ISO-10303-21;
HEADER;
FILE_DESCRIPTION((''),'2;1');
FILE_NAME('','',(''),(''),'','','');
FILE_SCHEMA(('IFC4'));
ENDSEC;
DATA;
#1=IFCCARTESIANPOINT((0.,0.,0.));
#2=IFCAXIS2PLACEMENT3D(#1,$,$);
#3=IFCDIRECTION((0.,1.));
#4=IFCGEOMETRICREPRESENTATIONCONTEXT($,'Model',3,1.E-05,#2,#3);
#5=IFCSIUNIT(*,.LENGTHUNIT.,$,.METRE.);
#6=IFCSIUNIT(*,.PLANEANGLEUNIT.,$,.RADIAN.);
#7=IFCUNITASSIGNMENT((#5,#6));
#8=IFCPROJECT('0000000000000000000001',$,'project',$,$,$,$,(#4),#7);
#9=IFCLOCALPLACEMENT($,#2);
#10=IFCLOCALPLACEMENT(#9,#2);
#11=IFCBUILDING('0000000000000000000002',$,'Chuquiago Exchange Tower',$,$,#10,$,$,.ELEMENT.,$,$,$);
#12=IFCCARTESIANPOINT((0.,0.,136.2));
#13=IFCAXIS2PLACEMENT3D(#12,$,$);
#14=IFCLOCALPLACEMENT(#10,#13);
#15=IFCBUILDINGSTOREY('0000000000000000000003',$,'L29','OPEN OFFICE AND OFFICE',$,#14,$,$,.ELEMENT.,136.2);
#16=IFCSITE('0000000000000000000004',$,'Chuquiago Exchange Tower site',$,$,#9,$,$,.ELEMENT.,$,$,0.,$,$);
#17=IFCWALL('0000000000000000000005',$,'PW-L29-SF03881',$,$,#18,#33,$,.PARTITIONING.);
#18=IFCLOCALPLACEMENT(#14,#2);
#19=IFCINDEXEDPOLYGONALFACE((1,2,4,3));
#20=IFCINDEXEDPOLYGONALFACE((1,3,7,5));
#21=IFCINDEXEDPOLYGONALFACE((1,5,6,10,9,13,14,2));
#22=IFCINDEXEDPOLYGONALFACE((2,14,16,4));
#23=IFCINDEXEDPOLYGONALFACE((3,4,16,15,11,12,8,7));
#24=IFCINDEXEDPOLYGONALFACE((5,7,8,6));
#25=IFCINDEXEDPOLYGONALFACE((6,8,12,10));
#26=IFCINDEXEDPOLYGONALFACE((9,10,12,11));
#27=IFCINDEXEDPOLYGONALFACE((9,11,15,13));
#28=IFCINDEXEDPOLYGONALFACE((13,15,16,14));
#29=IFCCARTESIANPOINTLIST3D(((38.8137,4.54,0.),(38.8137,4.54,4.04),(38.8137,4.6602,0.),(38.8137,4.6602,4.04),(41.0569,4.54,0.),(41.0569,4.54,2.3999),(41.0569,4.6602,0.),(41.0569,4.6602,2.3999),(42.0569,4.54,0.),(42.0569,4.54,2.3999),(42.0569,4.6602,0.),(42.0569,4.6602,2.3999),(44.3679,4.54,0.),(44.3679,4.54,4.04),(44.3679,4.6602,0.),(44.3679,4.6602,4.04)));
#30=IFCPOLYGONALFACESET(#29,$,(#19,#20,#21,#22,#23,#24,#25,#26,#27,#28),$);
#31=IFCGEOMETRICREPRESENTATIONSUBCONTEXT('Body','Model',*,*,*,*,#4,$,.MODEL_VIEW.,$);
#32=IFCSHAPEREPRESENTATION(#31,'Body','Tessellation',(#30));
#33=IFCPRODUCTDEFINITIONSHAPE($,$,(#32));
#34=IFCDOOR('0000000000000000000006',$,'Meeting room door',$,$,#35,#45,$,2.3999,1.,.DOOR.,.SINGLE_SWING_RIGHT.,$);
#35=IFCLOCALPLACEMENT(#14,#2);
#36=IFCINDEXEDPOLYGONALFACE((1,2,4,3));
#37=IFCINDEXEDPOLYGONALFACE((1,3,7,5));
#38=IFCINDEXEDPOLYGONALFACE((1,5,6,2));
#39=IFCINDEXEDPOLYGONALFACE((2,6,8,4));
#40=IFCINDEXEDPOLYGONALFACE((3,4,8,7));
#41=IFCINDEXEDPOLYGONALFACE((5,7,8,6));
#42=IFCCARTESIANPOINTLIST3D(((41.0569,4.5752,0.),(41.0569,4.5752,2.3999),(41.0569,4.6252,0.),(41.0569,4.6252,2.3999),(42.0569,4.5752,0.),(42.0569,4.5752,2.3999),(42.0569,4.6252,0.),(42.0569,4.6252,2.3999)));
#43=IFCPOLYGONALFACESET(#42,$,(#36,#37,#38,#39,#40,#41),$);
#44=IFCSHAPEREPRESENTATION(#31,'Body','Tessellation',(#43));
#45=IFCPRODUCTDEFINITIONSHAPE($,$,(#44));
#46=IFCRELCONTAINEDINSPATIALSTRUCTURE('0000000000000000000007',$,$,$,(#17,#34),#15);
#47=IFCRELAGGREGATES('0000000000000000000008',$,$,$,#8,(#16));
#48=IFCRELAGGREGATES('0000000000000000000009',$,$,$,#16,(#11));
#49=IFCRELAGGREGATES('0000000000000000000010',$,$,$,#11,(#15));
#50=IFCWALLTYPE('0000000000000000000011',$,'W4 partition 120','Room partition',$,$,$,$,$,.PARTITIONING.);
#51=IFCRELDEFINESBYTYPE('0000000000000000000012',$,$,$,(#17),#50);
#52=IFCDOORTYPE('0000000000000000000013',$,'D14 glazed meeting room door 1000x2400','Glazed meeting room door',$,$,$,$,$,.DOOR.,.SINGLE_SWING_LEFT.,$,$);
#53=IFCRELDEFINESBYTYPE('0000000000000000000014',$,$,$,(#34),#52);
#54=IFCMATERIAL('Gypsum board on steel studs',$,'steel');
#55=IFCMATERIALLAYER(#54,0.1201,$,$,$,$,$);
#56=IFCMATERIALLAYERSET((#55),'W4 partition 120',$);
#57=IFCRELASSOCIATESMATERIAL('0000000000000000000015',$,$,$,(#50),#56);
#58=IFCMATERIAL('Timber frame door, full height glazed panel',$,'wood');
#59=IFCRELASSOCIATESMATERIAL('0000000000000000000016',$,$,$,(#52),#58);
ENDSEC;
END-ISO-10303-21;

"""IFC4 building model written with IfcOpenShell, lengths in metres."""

from ifc_helpers import new_model, si_unit, direction, frame, frame_2d, origin, place, context, subcontext, project, spatial, rectangle, extrude, material, layer, layer_set, type_object, element, fill, save


model = new_model("IFC4")

# Units and contexts
model_context = context("Model", 3, precision=1e-05, world=origin(), true_north=direction((0.0, 1.0)))
body_context = subcontext(model_context, "Body", "Model", "MODEL_VIEW")
ifc_project = project(units=[si_unit("LENGTHUNIT", "METRE"), si_unit("PLANEANGLEUNIT", "RADIAN")], contexts=[model_context])

# Site, building, storey
site_placement = place(None, origin())
site = spatial("IfcSite", under=ifc_project, at=site_placement, Name="Chuquiago Exchange Tower site", CompositionType="ELEMENT", RefElevation=0.0)
building_placement = place(site_placement, origin())
building = spatial("IfcBuilding", under=site, at=building_placement, Name="Chuquiago Exchange Tower", CompositionType="ELEMENT")
storey_placement = place(building_placement, frame((0.0, 0.0, 136.2)))
storey = spatial("IfcBuildingStorey", under=building, at=storey_placement, Name="L29", Description="OPEN OFFICE AND OFFICE", CompositionType="ELEMENT", Elevation=136.2)

# Shared definitions
ifc_material_1 = material(Name="Gypsum board on steel studs", Category="steel")
ifc_layer_1 = layer(ifc_material_1, 0.1201)
ifc_layer_set_1 = layer_set([ifc_layer_1], Name="W4 partition 120")
wall_type = type_object("IfcWallType", Name="W4 partition 120", Description="Room partition", PredefinedType="PARTITIONING", material=ifc_layer_set_1)

# Wall, opening, door
wall_1_placement = place(storey_placement, frame((38.8137, 4.6001, 0.0), z_axis=(0.0, 0.0, 1.0), x_axis=(1.0, 0.0, 0.0)))
wall_1 = element("IfcWall", 1, at=wall_1_placement, inside=storey, type_object=wall_type, Name="PW-L29-SF03881", PredefinedType="PARTITIONING", context=body_context, shape_type="SweptSolid", body=[
    extrude(rectangle(XDim=5.5542, YDim=0.1201, at=frame_2d((2.7771, 0.0))), origin(), (0.0, 0.0, 1.0), 4.04),
])
opening_1_placement = place(wall_1_placement, frame((2.2432, 0.0, 0.0)))
opening_1 = element("IfcOpeningElement", 2, at=opening_1_placement, cuts=wall_1, PredefinedType="OPENING", context=body_context, shape_type="SweptSolid", body=[
    extrude(rectangle(XDim=1.0, YDim=2.3999, at=frame_2d((0.5, 1.2))), frame((0.0, 0.0701, 0.0), z_axis=(0.0, -1.0, 0.0), x_axis=(1.0, 0.0, 0.0)), (0.0, 0.0, 1.0), 0.1401),
])
ifc_material_2 = material(Name="Timber frame door, full height glazed panel", Category="wood")
door_type_1 = type_object("IfcDoorType", Name="D14 glazed meeting room door 1000x2400", Description="Glazed meeting room door", OperationType="SINGLE_SWING_LEFT", PredefinedType="DOOR", material=ifc_material_2)
door_1_placement = place(opening_1_placement, frame((1.0, 0.0, 0.0), z_axis=(0.0, 0.0, 1.0), x_axis=(-1.0, 0.0, 0.0)))
door_1 = element("IfcDoor", 3, at=door_1_placement, inside=storey, type_object=door_type_1, Name="Meeting room door", OperationType="SINGLE_SWING_RIGHT", OverallHeight=2.3999, OverallWidth=1.0, PredefinedType="DOOR", context=body_context, shape_type="SweptSolid", body=[
    extrude(rectangle(XDim=1.0, YDim=2.3999, at=frame_2d((0.5, 1.2))), frame((0.0, 0.0249, 0.0), z_axis=(0.0, -1.0, 0.0), x_axis=(1.0, 0.0, 0.0)), (0.0, 0.0, 1.0), 0.05),
])
fill(opening_1, door_1)

save(model, "model.ifc")
